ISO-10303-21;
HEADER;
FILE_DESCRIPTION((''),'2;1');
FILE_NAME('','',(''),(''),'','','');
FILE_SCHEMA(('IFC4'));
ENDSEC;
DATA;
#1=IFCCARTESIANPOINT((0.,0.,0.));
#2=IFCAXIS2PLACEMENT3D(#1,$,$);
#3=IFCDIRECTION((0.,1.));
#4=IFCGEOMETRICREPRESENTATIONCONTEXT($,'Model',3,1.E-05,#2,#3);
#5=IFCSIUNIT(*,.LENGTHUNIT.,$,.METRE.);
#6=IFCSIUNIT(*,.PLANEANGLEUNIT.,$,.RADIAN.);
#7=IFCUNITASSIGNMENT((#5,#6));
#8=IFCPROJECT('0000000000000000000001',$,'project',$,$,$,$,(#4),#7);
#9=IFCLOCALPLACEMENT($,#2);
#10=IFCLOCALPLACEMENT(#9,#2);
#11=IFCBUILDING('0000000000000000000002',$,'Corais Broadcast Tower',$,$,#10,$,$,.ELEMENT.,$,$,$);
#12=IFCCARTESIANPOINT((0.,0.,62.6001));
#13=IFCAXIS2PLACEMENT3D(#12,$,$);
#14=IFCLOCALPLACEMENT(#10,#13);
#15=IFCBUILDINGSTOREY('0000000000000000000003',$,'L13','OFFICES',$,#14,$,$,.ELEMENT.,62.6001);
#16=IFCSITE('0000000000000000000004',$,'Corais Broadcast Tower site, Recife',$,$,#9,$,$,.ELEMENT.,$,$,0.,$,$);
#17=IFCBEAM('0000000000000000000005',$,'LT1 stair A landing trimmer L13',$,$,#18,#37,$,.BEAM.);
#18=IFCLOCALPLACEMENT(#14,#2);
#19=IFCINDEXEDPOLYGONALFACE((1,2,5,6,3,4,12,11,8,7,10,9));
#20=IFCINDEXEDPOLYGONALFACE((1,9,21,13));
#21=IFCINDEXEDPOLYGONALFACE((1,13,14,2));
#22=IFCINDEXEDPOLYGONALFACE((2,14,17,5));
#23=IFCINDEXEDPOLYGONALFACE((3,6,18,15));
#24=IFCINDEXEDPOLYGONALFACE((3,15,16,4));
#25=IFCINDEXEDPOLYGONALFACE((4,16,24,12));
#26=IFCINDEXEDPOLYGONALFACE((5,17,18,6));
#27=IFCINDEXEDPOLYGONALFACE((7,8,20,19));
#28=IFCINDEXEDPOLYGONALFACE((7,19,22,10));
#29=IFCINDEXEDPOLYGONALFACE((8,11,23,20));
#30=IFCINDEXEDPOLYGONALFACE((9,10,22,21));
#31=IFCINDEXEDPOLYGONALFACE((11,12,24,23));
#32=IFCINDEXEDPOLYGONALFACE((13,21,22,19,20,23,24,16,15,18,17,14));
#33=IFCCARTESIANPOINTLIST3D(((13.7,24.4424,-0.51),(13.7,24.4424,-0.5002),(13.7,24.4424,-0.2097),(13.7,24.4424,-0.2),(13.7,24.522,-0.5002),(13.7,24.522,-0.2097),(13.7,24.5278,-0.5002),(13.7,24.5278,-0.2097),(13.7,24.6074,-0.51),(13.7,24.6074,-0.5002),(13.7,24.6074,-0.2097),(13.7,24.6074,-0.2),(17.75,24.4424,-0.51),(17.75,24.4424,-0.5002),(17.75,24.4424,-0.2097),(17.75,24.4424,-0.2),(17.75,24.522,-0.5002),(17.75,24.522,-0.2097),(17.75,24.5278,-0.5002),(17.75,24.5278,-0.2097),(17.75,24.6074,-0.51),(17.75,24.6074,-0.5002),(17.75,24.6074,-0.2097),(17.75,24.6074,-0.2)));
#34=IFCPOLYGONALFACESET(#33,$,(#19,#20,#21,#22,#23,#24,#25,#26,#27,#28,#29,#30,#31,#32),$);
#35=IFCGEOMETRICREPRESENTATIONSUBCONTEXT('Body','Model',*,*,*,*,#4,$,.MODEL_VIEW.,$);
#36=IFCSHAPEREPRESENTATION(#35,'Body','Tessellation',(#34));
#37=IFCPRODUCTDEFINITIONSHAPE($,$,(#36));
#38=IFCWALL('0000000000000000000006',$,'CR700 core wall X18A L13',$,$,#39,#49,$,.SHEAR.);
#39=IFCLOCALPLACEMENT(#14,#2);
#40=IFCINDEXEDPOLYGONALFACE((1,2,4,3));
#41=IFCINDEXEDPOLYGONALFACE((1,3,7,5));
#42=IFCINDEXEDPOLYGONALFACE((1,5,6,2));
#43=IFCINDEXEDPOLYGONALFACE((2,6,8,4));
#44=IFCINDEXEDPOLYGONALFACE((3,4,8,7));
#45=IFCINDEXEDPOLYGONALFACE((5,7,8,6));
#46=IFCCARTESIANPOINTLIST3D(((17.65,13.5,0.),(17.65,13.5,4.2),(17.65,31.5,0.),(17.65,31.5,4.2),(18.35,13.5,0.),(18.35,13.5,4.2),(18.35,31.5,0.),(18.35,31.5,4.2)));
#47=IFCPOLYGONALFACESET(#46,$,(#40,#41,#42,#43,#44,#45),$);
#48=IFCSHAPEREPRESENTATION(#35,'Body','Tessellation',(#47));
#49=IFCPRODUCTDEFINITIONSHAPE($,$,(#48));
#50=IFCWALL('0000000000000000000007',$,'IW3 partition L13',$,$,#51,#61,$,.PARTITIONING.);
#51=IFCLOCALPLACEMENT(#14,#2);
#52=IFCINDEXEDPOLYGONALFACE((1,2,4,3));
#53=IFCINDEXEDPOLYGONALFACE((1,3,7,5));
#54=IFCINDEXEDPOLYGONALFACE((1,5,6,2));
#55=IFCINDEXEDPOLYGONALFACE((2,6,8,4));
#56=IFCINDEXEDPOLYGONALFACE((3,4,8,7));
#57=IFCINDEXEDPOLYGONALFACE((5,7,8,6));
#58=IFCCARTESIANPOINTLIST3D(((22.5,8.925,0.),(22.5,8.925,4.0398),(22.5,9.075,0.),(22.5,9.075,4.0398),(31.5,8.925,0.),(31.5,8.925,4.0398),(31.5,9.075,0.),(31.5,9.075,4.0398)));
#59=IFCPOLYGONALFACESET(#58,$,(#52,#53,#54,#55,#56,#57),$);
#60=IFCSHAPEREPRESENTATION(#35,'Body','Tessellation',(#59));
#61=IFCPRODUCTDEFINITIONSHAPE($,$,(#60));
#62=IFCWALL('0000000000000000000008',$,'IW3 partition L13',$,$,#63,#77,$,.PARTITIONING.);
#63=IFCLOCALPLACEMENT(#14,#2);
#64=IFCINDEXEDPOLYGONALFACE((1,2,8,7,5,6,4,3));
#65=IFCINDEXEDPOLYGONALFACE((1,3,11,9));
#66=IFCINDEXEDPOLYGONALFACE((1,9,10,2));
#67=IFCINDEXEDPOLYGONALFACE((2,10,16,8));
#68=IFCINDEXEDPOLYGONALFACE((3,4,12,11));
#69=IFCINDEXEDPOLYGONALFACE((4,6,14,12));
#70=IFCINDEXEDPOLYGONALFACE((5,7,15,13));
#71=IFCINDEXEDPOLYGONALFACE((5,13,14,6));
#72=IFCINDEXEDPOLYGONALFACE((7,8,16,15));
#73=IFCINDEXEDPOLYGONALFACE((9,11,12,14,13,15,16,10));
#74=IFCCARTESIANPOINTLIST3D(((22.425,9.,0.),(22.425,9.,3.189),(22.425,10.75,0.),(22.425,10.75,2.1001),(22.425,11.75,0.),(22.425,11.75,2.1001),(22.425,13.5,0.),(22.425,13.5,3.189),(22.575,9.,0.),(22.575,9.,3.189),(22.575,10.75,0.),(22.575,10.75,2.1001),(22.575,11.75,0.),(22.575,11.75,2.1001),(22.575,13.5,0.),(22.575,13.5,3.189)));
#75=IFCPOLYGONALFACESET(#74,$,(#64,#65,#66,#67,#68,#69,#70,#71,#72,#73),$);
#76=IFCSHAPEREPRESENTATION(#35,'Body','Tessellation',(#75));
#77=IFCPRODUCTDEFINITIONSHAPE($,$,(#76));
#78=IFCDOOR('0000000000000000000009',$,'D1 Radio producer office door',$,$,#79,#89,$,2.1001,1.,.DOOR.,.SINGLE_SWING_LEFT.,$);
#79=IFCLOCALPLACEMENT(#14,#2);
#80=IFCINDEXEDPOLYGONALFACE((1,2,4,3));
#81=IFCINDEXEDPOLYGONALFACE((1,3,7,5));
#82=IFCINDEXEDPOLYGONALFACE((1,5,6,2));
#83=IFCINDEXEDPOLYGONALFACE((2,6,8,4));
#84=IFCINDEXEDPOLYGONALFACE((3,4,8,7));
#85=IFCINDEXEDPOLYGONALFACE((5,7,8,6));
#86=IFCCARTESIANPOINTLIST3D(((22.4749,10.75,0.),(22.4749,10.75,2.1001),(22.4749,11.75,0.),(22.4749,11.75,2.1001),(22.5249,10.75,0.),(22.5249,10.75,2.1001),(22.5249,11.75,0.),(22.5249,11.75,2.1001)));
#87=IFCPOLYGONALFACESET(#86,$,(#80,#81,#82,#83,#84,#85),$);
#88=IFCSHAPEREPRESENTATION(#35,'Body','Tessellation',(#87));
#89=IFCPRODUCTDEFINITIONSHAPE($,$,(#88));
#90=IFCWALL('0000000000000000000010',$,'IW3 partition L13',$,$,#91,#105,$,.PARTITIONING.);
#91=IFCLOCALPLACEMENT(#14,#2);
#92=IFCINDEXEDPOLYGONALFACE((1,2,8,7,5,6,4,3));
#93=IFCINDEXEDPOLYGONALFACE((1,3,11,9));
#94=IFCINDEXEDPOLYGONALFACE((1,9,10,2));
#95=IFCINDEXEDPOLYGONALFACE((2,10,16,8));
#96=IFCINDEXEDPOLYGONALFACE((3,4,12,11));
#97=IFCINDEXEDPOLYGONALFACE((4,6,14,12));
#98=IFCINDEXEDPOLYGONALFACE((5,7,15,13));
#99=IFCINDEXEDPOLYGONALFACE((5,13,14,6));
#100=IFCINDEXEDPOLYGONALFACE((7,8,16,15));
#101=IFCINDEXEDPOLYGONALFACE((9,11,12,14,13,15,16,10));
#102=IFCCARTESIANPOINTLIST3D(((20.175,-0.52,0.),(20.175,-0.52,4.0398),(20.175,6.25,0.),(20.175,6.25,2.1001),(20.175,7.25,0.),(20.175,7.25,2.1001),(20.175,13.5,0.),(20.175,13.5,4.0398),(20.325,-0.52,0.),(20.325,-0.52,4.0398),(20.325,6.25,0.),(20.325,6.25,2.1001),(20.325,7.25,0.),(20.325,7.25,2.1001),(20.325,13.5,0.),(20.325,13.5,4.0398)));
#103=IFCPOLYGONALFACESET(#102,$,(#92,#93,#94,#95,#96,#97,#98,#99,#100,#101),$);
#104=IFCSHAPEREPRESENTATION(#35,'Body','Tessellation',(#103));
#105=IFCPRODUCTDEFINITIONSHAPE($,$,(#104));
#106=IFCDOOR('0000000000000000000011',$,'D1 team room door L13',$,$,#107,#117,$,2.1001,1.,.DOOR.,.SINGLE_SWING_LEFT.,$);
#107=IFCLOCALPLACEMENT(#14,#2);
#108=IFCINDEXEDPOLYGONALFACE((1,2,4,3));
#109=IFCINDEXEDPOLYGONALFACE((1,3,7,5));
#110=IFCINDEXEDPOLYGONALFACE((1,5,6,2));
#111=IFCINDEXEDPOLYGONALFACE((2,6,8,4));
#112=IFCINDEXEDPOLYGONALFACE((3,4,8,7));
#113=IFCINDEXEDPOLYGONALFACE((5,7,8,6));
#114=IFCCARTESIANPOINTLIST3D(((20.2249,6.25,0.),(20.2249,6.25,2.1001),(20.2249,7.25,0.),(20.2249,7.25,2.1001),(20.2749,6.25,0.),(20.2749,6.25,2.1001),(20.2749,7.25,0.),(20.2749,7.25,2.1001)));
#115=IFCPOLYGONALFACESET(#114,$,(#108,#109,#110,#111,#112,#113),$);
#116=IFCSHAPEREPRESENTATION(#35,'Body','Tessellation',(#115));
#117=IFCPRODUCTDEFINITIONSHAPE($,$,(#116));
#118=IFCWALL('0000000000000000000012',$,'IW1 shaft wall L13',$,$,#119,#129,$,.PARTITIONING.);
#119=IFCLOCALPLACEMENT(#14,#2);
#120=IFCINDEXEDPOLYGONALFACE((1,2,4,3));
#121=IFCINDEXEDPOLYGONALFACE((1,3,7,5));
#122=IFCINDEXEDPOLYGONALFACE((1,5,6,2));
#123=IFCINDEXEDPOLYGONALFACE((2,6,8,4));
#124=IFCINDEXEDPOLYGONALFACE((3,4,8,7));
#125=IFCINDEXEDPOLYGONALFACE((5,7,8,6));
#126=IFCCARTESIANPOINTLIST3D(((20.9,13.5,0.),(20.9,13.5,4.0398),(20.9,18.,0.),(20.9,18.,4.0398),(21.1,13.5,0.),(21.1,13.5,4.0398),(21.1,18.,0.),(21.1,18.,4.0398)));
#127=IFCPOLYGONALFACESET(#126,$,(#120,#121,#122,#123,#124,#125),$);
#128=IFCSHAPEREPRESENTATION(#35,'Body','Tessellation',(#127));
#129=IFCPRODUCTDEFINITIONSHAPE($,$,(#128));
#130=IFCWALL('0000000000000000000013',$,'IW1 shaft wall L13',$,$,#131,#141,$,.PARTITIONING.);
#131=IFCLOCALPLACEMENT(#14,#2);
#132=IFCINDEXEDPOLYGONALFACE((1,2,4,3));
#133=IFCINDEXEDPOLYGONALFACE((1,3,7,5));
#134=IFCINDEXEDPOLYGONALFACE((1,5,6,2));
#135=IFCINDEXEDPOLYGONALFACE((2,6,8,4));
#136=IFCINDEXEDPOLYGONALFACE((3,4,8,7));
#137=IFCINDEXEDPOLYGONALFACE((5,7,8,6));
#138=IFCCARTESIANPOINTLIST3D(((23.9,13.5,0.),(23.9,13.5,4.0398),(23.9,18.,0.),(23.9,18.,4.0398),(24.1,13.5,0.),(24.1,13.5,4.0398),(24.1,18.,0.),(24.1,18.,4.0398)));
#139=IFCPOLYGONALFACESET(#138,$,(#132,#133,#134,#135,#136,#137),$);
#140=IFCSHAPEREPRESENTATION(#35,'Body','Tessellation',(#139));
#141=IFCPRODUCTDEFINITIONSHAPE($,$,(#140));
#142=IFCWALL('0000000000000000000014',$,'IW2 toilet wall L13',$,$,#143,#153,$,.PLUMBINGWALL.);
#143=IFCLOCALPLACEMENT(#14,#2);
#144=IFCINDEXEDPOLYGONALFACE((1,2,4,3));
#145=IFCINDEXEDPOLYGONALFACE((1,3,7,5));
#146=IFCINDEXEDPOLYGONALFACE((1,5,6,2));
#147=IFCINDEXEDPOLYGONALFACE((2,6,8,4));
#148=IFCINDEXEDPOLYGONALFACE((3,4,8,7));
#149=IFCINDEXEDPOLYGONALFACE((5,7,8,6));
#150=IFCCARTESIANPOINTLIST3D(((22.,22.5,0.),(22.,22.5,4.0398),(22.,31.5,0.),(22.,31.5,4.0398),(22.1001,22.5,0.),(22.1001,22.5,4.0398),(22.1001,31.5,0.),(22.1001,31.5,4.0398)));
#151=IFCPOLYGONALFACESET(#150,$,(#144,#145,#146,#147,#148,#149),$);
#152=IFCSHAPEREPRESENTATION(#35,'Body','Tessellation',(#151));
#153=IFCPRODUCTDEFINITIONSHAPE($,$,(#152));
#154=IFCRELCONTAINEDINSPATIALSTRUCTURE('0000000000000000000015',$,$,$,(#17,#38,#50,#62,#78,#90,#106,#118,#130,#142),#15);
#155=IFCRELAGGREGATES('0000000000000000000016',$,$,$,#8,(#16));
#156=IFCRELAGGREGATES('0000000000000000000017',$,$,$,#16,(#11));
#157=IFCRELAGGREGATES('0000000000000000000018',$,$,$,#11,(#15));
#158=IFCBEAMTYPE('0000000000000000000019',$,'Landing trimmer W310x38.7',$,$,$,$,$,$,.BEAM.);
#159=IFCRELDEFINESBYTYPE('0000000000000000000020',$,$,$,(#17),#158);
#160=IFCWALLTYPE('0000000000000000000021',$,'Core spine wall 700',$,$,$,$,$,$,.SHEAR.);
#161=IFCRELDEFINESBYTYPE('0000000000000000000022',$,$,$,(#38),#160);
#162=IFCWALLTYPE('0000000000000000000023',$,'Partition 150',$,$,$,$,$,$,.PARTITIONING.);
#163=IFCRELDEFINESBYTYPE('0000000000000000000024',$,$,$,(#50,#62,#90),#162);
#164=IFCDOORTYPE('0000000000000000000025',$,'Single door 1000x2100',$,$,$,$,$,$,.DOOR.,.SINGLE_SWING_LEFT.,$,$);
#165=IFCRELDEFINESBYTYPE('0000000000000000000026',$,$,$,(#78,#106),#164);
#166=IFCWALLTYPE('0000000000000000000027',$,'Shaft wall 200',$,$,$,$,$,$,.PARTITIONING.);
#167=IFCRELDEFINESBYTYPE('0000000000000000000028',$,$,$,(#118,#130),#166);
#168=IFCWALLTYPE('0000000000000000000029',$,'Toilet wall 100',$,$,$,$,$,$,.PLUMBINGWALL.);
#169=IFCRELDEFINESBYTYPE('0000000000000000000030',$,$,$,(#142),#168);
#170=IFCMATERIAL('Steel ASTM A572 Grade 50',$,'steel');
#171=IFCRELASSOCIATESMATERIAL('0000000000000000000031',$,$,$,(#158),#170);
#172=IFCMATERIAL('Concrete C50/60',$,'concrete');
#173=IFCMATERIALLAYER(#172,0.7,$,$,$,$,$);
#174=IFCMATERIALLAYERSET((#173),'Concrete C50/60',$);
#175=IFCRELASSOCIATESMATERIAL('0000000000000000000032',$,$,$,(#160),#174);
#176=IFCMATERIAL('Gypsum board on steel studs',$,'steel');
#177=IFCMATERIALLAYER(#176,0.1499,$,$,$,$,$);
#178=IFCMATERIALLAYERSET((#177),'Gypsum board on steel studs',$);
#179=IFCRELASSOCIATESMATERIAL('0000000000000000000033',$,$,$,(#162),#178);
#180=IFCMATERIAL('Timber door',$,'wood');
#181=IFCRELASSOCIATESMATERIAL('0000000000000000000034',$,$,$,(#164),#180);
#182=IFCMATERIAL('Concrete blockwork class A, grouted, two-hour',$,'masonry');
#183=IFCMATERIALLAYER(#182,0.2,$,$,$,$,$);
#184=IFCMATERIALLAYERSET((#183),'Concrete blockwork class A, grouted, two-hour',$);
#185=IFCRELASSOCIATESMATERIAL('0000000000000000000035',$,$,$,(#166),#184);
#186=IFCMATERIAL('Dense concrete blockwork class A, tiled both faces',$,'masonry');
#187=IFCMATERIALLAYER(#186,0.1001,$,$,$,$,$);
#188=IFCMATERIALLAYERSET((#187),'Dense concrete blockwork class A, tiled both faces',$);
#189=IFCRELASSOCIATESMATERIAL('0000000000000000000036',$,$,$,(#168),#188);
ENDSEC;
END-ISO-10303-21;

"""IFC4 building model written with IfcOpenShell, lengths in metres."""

from ifc_helpers import new_model, si_unit, direction, frame, frame_2d, origin, origin_2d, place, context, subcontext, project, spatial, rectangle, i_section, extrude, material, layer, layer_set, material_profile, profile_set, type_object, element, fill, save


model = new_model("IFC4")

# Units and contexts
model_context = context("Model", 3, precision=1e-05, world=origin(), true_north=direction((0.0, 1.0)))
body_context = subcontext(model_context, "Body", "Model", "MODEL_VIEW")
ifc_project = project(units=[si_unit("LENGTHUNIT", "METRE"), si_unit("PLANEANGLEUNIT", "RADIAN")], contexts=[model_context])

# Site, building, storey
site_placement = place(None, origin())
site = spatial("IfcSite", under=ifc_project, at=site_placement, Name="Corais Broadcast Tower site, Recife", CompositionType="ELEMENT", RefElevation=0.0)
building_placement = place(site_placement, origin())
building = spatial("IfcBuilding", under=site, at=building_placement, Name="Corais Broadcast Tower", CompositionType="ELEMENT")
storey_placement = place(building_placement, frame((0.0, 0.0, 62.6001)))
storey = spatial("IfcBuildingStorey", under=building, at=storey_placement, Name="L13", Description="OFFICES", CompositionType="ELEMENT", Elevation=62.6001)

# Beam
ifc_material_1 = material(Name="Steel ASTM A572 Grade 50", Category="steel")
ifc_material_profile = material_profile(ifc_material_1, i_section(OverallWidth=0.165, OverallDepth=0.3101, WebThickness=0.0059, FlangeThickness=0.0098, at=origin_2d()), Name="W310x38.7")
ifc_profile_set = profile_set([ifc_material_profile], Name="Steel ASTM A572 Grade 50")
beam_type = type_object("IfcBeamType", Name="Landing trimmer W310x38.7", PredefinedType="BEAM", material=ifc_profile_set)
beam_placement = place(storey_placement, frame((13.7, 24.5249, -0.355), z_axis=(1.0, 0.0, 0.0), x_axis=(0.0, 1.0, 0.0)))
element("IfcBeam", 1, at=beam_placement, inside=storey, type_object=beam_type, Name="LT1 stair A landing trimmer L13", PredefinedType="BEAM", context=body_context, shape_type="SweptSolid", body=[
    extrude(i_section(OverallWidth=0.165, OverallDepth=0.3101, WebThickness=0.0059, FlangeThickness=0.0098, at=origin_2d()), origin(), (0.0, 0.0, 1.0), 4.05),
])

# Walls
ifc_material_2 = material(Name="Concrete C50/60", Category="concrete")
ifc_layer_1 = layer(ifc_material_2, 0.7)
ifc_layer_set_1 = layer_set([ifc_layer_1], Name="Concrete C50/60")
wall_type_1 = type_object("IfcWallType", Name="Core spine wall 700", PredefinedType="SHEAR", material=ifc_layer_set_1)
wall_1_placement = place(storey_placement, frame((18.0, 13.5, 0.0), z_axis=(0.0, 0.0, 1.0), x_axis=(0.0, 1.0, 0.0)))
element("IfcWall", 2, at=wall_1_placement, inside=storey, type_object=wall_type_1, Name="CR700 core wall X18A L13", PredefinedType="SHEAR", context=body_context, shape_type="SweptSolid", body=[
    extrude(rectangle(XDim=18.0, YDim=0.7, at=frame_2d((9.0, 0.0))), origin(), (0.0, 0.0, 1.0), 4.2),
])
ifc_material_3 = material(Name="Gypsum board on steel studs", Category="steel")
ifc_layer_2 = layer(ifc_material_3, 0.1499)
ifc_layer_set_2 = layer_set([ifc_layer_2], Name="Gypsum board on steel studs")
wall_type_2 = type_object("IfcWallType", Name="Partition 150", PredefinedType="PARTITIONING", material=ifc_layer_set_2)
wall_2_placement = place(storey_placement, frame((22.5, 9.0, 0.0), z_axis=(0.0, 0.0, 1.0), x_axis=(1.0, 0.0, 0.0)))
element("IfcWall", 3, at=wall_2_placement, inside=storey, type_object=wall_type_2, Name="IW3 partition L13", PredefinedType="PARTITIONING", context=body_context, shape_type="SweptSolid", body=[
    extrude(rectangle(XDim=9.0, YDim=0.1499, at=frame_2d((4.5, 0.0))), origin(), (0.0, 0.0, 1.0), 4.0398),
])

# Walls, openings, doors
wall_3_placement = place(storey_placement, frame((22.5, 13.5, 0.0), z_axis=(0.0, 0.0, 1.0), x_axis=(0.0, -1.0, 0.0)))
wall_3 = element("IfcWall", 4, at=wall_3_placement, inside=storey, type_object=wall_type_2, Name="IW3 partition L13", PredefinedType="PARTITIONING", context=body_context, shape_type="SweptSolid", body=[
    extrude(rectangle(XDim=4.5, YDim=0.1499, at=frame_2d((2.25, 0.0))), origin(), (0.0, 0.0, 1.0), 3.189),
])
opening_1_placement = place(wall_3_placement, frame((1.75, 0.0, 0.0)))
opening_1 = element("IfcOpeningElement", 5, at=opening_1_placement, cuts=wall_3, PredefinedType="OPENING", context=body_context, shape_type="SweptSolid", body=[
    extrude(rectangle(XDim=1.0, YDim=2.1001, at=frame_2d((0.5, 1.05))), frame((0.0, 0.085, 0.0), z_axis=(0.0, -1.0, 0.0), x_axis=(1.0, 0.0, 0.0)), (0.0, 0.0, 1.0), 0.1699),
])
ifc_material_4 = material(Name="Timber door", Category="wood")
door_type = type_object("IfcDoorType", Name="Single door 1000x2100", OperationType="SINGLE_SWING_LEFT", PredefinedType="DOOR", material=ifc_material_4)
door_1_placement = place(opening_1_placement, origin())
door_1 = element("IfcDoor", 6, at=door_1_placement, inside=storey, type_object=door_type, Name="D1 Radio producer office door", OperationType="SINGLE_SWING_LEFT", OverallHeight=2.1001, OverallWidth=1.0, PredefinedType="DOOR", context=body_context, shape_type="SweptSolid", body=[
    extrude(rectangle(XDim=1.0, YDim=2.1001, at=frame_2d((0.5, 1.05))), frame((0.0, 0.0249, 0.0), z_axis=(0.0, -1.0, 0.0), x_axis=(1.0, 0.0, 0.0)), (0.0, 0.0, 1.0), 0.05),
])
fill(opening_1, door_1)
wall_4_placement = place(storey_placement, frame((20.25, 13.5, 0.0), z_axis=(0.0, 0.0, 1.0), x_axis=(0.0, -1.0, 0.0)))
wall_4 = element("IfcWall", 7, at=wall_4_placement, inside=storey, type_object=wall_type_2, Name="IW3 partition L13", PredefinedType="PARTITIONING", context=body_context, shape_type="SweptSolid", body=[
    extrude(rectangle(XDim=14.02, YDim=0.1499, at=frame_2d((7.01, 0.0))), origin(), (0.0, 0.0, 1.0), 4.0398),
])
opening_2_placement = place(wall_4_placement, frame((6.25, 0.0, 0.0)))
opening_2 = element("IfcOpeningElement", 8, at=opening_2_placement, cuts=wall_4, PredefinedType="OPENING", context=body_context, shape_type="SweptSolid", body=[
    extrude(rectangle(XDim=1.0, YDim=2.1001, at=frame_2d((0.5, 1.05))), frame((0.0, 0.085, 0.0), z_axis=(0.0, -1.0, 0.0), x_axis=(1.0, 0.0, 0.0)), (0.0, 0.0, 1.0), 0.1699),
])
door_2_placement = place(opening_2_placement, origin())
door_2 = element("IfcDoor", 9, at=door_2_placement, inside=storey, type_object=door_type, Name="D1 team room door L13", OperationType="SINGLE_SWING_LEFT", OverallHeight=2.1001, OverallWidth=1.0, PredefinedType="DOOR", context=body_context, shape_type="SweptSolid", body=[
    extrude(rectangle(XDim=1.0, YDim=2.1001, at=frame_2d((0.5, 1.05))), frame((0.0, 0.0249, 0.0), z_axis=(0.0, -1.0, 0.0), x_axis=(1.0, 0.0, 0.0)), (0.0, 0.0, 1.0), 0.05),
])
fill(opening_2, door_2)

# Walls
ifc_material_5 = material(Name="Concrete blockwork class A, grouted, two-hour", Category="masonry")
ifc_layer_3 = layer(ifc_material_5, 0.2)
ifc_layer_set_3 = layer_set([ifc_layer_3], Name="Concrete blockwork class A, grouted, two-hour")
wall_type_3 = type_object("IfcWallType", Name="Shaft wall 200", PredefinedType="PARTITIONING", material=ifc_layer_set_3)
for number, where, z_axis, x_axis, name in (
    (10, (21.0, 13.5, 0.0), (0.0, 0.0, 1.0), (0.0, 1.0, 0.0), "IW1 shaft wall L13"),
    (11, (24.0, 13.5, 0.0), (0.0, 0.0, 1.0), (0.0, 1.0, 0.0), "IW1 shaft wall L13"),
):
    element("IfcWall", number, at=place(storey_placement, frame(where, z_axis=z_axis, x_axis=x_axis)), inside=storey, type_object=wall_type_3, Name=name, PredefinedType="PARTITIONING", context=body_context, shape_type="SweptSolid", body=[
        extrude(rectangle(XDim=4.5, YDim=0.2, at=frame_2d((2.25, 0.0))), origin(), (0.0, 0.0, 1.0), 4.0398),
    ])
ifc_material_6 = material(Name="Dense concrete blockwork class A, tiled both faces", Category="masonry")
ifc_layer_4 = layer(ifc_material_6, 0.1001)
ifc_layer_set_4 = layer_set([ifc_layer_4], Name="Dense concrete blockwork class A, tiled both faces")
wall_type_4 = type_object("IfcWallType", Name="Toilet wall 100", PredefinedType="PLUMBINGWALL", material=ifc_layer_set_4)
wall_5_placement = place(storey_placement, frame((22.05, 22.5, 0.0), z_axis=(0.0, 0.0, 1.0), x_axis=(0.0, 1.0, 0.0)))
element("IfcWall", 12, at=wall_5_placement, inside=storey, type_object=wall_type_4, Name="IW2 toilet wall L13", PredefinedType="PLUMBINGWALL", context=body_context, shape_type="SweptSolid", body=[
    extrude(rectangle(XDim=9.0, YDim=0.1001, at=frame_2d((4.5, 0.0))), origin(), (0.0, 0.0, 1.0), 4.0398),
])

save(model, "model.ifc")
